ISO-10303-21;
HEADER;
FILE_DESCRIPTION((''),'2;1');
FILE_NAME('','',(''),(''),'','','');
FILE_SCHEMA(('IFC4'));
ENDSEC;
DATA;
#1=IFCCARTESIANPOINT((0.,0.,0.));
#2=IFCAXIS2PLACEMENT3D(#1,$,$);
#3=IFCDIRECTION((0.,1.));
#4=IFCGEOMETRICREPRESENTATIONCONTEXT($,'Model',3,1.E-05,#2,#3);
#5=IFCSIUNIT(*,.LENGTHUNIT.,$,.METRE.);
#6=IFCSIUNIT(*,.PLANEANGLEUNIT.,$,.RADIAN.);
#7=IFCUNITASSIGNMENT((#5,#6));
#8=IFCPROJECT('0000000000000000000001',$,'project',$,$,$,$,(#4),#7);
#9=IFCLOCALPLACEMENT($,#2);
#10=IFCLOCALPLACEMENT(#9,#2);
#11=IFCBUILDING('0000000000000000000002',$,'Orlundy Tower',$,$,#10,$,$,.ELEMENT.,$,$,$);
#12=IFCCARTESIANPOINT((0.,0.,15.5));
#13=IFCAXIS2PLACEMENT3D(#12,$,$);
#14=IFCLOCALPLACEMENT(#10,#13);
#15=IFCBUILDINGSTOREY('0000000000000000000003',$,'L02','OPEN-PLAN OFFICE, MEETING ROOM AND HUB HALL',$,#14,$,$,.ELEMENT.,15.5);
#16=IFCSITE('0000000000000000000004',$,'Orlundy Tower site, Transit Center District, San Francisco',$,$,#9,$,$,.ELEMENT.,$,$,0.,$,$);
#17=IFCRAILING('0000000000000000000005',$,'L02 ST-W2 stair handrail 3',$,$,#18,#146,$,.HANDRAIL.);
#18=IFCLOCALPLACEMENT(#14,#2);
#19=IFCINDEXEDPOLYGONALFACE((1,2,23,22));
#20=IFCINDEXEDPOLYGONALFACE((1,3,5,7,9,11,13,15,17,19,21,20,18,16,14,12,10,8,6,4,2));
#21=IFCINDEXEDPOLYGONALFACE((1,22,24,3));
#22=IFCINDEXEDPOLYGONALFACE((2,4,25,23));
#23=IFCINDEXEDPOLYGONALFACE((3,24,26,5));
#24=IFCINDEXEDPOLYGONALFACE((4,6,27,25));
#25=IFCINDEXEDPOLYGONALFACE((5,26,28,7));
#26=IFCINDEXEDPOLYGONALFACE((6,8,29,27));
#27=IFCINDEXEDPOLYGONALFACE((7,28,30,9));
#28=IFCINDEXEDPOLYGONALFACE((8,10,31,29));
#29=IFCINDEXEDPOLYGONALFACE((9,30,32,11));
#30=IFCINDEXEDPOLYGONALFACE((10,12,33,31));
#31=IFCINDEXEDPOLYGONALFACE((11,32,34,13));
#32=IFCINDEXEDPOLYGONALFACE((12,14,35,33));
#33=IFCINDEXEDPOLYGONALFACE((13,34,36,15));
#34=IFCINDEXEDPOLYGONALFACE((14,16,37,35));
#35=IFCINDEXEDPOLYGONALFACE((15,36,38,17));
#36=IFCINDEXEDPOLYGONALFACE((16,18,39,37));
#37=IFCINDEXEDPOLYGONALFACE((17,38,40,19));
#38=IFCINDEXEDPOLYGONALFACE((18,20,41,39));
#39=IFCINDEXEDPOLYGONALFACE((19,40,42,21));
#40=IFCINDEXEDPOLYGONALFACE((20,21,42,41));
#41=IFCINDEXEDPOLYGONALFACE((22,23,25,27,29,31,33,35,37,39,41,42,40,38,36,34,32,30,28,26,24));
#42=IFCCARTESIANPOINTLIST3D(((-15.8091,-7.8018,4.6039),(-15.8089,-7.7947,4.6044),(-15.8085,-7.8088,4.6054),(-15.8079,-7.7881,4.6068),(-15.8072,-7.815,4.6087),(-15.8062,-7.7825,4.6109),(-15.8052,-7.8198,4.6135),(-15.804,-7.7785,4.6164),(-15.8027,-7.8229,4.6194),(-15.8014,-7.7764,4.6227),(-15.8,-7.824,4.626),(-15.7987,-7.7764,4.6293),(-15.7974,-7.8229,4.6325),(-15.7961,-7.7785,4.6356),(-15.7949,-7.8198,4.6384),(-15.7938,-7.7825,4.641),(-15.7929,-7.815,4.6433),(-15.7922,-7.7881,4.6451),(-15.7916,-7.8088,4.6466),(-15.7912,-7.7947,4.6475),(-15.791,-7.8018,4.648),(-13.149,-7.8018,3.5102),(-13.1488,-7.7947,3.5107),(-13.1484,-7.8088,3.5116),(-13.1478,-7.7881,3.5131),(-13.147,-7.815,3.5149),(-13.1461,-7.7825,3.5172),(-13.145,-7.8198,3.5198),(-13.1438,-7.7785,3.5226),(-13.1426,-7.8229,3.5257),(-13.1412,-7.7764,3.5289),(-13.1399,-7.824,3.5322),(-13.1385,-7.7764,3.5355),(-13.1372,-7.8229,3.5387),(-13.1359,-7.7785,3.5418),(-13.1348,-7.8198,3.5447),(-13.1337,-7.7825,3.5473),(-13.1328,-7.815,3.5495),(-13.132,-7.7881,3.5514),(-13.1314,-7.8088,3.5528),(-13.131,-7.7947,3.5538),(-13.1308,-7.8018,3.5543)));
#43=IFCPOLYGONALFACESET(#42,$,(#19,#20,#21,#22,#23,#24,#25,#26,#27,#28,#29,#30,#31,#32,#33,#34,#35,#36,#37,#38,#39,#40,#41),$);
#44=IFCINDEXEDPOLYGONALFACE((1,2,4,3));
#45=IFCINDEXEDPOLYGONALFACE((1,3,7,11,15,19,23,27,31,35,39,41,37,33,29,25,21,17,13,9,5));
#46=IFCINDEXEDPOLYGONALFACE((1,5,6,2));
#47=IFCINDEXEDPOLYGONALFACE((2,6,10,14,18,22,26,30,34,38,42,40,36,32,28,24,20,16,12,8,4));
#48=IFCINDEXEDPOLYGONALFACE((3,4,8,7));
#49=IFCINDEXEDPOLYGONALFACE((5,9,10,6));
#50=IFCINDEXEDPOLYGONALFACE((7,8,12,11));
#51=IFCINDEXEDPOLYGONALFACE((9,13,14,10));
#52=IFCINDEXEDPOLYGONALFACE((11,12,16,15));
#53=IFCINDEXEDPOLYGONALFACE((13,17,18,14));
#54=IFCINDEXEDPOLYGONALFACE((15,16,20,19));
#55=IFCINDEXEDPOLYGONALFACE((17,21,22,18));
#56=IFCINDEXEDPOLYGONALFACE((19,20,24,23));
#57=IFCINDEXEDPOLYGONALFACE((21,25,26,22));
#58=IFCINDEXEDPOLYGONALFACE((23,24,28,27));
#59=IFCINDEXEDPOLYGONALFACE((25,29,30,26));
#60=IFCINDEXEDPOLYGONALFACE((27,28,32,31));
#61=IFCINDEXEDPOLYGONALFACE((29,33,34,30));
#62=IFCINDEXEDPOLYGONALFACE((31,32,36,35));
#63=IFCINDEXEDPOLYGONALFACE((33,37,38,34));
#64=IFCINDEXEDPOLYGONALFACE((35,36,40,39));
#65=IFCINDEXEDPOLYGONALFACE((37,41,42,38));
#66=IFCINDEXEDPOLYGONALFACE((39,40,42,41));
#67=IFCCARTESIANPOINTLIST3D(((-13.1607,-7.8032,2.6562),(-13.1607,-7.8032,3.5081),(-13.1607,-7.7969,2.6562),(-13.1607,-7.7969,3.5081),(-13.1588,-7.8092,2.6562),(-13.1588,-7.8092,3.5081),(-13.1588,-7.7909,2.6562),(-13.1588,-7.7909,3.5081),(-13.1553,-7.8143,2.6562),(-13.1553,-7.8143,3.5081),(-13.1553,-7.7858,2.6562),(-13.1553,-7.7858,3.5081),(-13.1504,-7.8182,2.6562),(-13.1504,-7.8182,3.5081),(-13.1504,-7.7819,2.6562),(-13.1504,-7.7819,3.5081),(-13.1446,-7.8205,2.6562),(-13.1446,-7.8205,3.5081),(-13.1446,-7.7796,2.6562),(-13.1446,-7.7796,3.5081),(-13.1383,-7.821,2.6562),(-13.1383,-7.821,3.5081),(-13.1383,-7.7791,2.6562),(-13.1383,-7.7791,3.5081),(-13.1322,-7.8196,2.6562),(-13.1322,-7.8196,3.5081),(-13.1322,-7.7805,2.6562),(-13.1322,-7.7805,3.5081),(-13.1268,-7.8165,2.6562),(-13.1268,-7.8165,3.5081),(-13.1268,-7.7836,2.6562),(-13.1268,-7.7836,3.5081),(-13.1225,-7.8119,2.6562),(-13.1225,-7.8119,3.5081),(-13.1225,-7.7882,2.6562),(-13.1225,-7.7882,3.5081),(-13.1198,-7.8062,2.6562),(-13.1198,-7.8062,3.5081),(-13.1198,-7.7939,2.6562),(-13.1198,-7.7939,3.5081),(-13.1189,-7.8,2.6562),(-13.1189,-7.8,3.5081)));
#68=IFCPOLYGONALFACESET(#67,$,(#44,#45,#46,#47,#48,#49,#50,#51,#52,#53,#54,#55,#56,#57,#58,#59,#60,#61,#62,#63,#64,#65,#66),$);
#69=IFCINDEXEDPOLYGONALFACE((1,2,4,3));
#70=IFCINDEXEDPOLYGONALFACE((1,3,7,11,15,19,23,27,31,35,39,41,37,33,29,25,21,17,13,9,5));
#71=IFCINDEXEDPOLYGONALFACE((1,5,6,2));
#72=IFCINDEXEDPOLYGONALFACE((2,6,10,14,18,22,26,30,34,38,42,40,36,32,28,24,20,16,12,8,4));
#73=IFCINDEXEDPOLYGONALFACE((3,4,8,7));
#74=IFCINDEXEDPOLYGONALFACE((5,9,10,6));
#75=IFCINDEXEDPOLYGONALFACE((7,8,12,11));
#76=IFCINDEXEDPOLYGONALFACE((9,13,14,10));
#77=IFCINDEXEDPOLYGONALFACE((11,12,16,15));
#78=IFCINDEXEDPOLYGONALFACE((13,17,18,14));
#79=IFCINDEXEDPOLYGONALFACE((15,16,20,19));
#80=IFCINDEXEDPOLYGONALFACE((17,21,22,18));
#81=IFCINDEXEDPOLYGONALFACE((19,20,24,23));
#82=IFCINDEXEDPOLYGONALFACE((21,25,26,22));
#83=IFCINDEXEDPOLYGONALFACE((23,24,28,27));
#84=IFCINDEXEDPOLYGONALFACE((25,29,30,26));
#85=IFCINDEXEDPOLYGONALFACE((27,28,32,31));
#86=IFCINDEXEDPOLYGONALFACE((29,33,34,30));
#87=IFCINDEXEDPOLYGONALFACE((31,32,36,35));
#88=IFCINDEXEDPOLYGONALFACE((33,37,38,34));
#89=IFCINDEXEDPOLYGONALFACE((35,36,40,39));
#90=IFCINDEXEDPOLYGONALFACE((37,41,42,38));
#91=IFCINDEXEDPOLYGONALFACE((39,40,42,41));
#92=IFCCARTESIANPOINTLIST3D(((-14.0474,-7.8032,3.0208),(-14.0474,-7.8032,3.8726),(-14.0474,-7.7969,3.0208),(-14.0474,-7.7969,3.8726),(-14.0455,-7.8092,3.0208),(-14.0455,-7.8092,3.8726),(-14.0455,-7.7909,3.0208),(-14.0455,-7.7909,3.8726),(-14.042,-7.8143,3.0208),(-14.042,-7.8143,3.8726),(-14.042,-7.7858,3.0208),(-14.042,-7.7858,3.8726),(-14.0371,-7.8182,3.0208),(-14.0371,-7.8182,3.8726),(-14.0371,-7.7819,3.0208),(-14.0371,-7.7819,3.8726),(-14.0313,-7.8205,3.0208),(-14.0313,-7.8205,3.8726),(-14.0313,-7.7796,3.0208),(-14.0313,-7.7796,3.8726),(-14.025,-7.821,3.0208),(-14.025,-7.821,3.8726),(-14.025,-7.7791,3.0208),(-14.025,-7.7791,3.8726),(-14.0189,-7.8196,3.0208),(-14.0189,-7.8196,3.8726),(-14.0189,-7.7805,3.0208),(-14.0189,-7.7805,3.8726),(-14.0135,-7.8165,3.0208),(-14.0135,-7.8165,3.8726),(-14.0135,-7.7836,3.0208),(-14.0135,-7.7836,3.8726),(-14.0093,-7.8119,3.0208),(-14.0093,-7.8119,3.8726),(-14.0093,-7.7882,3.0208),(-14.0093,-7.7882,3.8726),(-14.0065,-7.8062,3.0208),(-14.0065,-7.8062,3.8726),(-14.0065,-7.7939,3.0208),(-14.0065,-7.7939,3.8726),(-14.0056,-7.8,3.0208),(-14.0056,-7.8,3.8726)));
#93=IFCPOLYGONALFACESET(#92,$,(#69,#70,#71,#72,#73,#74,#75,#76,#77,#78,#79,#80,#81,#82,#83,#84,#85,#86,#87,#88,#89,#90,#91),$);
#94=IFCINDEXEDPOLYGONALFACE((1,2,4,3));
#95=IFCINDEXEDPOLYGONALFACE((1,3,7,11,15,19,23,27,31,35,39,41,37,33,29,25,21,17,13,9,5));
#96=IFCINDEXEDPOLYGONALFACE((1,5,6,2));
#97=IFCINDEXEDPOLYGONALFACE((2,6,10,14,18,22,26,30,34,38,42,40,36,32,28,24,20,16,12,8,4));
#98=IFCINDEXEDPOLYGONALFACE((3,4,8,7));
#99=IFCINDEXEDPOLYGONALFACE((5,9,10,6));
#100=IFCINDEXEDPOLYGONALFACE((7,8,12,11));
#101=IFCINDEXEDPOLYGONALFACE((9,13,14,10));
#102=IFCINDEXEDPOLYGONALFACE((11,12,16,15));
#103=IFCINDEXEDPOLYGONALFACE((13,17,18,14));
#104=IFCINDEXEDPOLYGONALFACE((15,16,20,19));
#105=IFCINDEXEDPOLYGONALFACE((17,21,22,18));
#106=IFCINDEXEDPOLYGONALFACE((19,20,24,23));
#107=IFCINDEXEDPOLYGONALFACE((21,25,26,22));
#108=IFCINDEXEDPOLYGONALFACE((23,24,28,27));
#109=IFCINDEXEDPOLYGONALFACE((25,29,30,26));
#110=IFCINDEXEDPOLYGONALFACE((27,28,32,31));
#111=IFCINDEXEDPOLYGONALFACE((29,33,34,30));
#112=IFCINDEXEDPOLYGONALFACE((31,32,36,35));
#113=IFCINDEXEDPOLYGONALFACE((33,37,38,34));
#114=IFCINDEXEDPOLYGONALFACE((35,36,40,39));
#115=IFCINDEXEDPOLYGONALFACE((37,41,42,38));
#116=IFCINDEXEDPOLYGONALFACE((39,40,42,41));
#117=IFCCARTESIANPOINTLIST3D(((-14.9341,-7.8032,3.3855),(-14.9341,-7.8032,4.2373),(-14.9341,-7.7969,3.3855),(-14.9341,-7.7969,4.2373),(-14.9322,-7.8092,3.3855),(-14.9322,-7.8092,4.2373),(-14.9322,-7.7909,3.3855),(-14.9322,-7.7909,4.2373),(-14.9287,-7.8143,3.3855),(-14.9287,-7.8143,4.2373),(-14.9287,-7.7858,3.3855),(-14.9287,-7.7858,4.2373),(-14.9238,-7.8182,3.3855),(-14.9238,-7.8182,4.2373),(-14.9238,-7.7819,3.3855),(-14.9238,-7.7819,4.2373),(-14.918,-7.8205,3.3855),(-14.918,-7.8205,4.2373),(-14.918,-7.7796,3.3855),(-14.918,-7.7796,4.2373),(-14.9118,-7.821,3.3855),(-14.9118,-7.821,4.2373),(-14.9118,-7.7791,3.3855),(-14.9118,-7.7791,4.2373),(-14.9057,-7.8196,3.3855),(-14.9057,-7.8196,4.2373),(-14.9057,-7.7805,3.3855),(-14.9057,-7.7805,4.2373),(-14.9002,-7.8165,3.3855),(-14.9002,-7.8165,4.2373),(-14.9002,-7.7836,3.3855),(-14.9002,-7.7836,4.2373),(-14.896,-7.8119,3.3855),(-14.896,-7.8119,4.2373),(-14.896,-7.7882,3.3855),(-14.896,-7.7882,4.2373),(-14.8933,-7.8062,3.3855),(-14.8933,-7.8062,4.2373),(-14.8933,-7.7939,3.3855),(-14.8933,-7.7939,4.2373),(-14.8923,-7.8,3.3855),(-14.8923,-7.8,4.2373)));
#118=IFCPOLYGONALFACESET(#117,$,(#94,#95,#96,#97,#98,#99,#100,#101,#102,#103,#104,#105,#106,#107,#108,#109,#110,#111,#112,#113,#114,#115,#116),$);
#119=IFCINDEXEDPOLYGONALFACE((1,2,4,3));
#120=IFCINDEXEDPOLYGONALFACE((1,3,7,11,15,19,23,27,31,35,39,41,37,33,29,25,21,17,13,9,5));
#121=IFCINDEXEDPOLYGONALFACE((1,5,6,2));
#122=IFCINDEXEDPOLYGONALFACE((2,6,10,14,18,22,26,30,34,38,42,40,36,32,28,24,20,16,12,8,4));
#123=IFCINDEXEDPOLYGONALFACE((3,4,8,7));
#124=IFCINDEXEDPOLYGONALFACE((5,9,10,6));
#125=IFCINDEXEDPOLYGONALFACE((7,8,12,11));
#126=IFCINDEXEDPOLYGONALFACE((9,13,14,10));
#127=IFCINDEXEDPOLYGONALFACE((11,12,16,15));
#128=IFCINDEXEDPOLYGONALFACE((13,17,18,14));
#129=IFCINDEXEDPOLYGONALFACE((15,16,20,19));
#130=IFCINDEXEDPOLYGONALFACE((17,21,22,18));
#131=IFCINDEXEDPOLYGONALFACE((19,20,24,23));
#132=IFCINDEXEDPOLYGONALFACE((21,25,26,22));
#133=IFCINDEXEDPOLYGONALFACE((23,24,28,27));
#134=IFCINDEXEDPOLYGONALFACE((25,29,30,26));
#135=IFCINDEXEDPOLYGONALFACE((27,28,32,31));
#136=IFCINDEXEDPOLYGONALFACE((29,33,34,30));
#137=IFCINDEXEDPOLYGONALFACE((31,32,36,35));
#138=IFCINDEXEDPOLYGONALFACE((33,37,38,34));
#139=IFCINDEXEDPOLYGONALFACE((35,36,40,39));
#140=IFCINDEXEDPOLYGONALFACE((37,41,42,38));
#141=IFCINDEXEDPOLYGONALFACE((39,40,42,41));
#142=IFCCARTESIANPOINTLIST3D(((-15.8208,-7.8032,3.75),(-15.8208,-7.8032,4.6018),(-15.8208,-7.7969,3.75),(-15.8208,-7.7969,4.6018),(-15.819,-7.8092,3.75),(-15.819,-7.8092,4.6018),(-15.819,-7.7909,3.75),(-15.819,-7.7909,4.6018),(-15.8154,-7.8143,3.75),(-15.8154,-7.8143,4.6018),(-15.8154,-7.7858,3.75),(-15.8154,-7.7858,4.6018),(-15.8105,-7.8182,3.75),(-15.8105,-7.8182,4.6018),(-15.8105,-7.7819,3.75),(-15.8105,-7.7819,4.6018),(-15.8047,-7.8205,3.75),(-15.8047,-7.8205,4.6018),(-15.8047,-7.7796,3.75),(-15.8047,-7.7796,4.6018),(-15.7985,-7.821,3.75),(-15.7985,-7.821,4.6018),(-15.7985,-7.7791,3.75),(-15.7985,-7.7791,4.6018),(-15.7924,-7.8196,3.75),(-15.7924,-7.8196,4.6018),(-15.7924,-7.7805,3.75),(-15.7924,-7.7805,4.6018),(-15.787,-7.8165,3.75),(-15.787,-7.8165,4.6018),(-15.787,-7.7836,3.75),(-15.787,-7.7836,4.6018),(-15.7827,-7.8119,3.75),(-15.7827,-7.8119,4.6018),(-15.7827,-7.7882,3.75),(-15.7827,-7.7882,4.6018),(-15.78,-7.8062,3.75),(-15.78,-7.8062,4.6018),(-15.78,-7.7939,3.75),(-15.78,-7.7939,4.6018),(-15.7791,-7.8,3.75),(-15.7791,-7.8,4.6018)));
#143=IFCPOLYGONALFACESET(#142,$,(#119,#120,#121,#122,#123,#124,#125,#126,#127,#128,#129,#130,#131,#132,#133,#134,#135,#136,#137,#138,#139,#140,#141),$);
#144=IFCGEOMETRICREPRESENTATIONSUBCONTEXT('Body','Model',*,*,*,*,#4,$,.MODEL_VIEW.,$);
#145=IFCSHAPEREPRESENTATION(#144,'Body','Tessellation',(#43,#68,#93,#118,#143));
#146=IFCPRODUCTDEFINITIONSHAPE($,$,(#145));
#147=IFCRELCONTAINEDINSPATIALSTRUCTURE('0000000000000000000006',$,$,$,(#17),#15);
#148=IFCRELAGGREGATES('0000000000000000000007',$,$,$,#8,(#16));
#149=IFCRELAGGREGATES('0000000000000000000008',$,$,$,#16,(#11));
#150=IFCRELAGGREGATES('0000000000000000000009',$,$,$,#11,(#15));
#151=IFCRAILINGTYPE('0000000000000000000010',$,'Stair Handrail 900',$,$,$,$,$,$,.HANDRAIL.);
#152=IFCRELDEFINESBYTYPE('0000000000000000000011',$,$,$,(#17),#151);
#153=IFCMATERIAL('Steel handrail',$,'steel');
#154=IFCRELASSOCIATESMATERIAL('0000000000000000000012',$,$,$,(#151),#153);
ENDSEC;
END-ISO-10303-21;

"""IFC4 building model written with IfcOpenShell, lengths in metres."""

from ifc_helpers import new_model, si_unit, direction, frame, origin, origin_2d, place, context, subcontext, project, spatial, circle, extrude, material, type_object, element, save


model = new_model("IFC4")

# Units and contexts
model_context = context("Model", 3, precision=1e-05, world=origin(), true_north=direction((0.0, 1.0)))
body_context = subcontext(model_context, "Body", "Model", "MODEL_VIEW")
ifc_project = project(units=[si_unit("LENGTHUNIT", "METRE"), si_unit("PLANEANGLEUNIT", "RADIAN")], contexts=[model_context])

# Site, building, storey
site_placement = place(None, origin())
site = spatial("IfcSite", under=ifc_project, at=site_placement, Name="Orlundy Tower site, Transit Center District, San Francisco", CompositionType="ELEMENT", RefElevation=0.0)
building_placement = place(site_placement, origin())
building = spatial("IfcBuilding", under=site, at=building_placement, Name="Orlundy Tower", CompositionType="ELEMENT")
storey_placement = place(building_placement, frame((0.0, 0.0, 15.5)))
storey = spatial("IfcBuildingStorey", under=building, at=storey_placement, Name="L02", Description="OPEN-PLAN OFFICE, MEETING ROOM AND HUB HALL", CompositionType="ELEMENT", Elevation=15.5)

# Railing
ifc_material_1 = material(Name="Steel handrail", Category="steel")
railing_type_1 = type_object("IfcRailingType", Name="Stair Handrail 900", PredefinedType="HANDRAIL", material=ifc_material_1)
railing_1_placement = place(storey_placement, frame((-13.1399, -7.8, 2.6562)))
element("IfcRailing", 1, at=railing_1_placement, inside=storey, type_object=railing_type_1, Name="L02 ST-W2 stair handrail 3", PredefinedType="HANDRAIL", context=body_context, shape_type="SweptSolid", body=[
    extrude(circle(Radius=0.0239, at=origin_2d()), frame((0.0, 0.0, 0.876), z_axis=(-0.924875, 0.0, 0.380272), x_axis=(0.0, -1.0, 0.0)), (0.0, 0.0, 1.0), 2.8762),
    extrude(circle(Radius=0.021, at=origin_2d()), origin(), (0.0, 0.0, 1.0), 0.8518),
    extrude(circle(Radius=0.021, at=origin_2d()), frame((-0.8867, 0.0, 0.3645)), (0.0, 0.0, 1.0), 0.8518),
    extrude(circle(Radius=0.021, at=origin_2d()), frame((-1.7734, 0.0, 0.7292)), (0.0, 0.0, 1.0), 0.8518),
    extrude(circle(Radius=0.021, at=origin_2d()), frame((-2.6602, 0.0, 1.0938)), (0.0, 0.0, 1.0), 0.8518),
])

save(model, "model.ifc")
